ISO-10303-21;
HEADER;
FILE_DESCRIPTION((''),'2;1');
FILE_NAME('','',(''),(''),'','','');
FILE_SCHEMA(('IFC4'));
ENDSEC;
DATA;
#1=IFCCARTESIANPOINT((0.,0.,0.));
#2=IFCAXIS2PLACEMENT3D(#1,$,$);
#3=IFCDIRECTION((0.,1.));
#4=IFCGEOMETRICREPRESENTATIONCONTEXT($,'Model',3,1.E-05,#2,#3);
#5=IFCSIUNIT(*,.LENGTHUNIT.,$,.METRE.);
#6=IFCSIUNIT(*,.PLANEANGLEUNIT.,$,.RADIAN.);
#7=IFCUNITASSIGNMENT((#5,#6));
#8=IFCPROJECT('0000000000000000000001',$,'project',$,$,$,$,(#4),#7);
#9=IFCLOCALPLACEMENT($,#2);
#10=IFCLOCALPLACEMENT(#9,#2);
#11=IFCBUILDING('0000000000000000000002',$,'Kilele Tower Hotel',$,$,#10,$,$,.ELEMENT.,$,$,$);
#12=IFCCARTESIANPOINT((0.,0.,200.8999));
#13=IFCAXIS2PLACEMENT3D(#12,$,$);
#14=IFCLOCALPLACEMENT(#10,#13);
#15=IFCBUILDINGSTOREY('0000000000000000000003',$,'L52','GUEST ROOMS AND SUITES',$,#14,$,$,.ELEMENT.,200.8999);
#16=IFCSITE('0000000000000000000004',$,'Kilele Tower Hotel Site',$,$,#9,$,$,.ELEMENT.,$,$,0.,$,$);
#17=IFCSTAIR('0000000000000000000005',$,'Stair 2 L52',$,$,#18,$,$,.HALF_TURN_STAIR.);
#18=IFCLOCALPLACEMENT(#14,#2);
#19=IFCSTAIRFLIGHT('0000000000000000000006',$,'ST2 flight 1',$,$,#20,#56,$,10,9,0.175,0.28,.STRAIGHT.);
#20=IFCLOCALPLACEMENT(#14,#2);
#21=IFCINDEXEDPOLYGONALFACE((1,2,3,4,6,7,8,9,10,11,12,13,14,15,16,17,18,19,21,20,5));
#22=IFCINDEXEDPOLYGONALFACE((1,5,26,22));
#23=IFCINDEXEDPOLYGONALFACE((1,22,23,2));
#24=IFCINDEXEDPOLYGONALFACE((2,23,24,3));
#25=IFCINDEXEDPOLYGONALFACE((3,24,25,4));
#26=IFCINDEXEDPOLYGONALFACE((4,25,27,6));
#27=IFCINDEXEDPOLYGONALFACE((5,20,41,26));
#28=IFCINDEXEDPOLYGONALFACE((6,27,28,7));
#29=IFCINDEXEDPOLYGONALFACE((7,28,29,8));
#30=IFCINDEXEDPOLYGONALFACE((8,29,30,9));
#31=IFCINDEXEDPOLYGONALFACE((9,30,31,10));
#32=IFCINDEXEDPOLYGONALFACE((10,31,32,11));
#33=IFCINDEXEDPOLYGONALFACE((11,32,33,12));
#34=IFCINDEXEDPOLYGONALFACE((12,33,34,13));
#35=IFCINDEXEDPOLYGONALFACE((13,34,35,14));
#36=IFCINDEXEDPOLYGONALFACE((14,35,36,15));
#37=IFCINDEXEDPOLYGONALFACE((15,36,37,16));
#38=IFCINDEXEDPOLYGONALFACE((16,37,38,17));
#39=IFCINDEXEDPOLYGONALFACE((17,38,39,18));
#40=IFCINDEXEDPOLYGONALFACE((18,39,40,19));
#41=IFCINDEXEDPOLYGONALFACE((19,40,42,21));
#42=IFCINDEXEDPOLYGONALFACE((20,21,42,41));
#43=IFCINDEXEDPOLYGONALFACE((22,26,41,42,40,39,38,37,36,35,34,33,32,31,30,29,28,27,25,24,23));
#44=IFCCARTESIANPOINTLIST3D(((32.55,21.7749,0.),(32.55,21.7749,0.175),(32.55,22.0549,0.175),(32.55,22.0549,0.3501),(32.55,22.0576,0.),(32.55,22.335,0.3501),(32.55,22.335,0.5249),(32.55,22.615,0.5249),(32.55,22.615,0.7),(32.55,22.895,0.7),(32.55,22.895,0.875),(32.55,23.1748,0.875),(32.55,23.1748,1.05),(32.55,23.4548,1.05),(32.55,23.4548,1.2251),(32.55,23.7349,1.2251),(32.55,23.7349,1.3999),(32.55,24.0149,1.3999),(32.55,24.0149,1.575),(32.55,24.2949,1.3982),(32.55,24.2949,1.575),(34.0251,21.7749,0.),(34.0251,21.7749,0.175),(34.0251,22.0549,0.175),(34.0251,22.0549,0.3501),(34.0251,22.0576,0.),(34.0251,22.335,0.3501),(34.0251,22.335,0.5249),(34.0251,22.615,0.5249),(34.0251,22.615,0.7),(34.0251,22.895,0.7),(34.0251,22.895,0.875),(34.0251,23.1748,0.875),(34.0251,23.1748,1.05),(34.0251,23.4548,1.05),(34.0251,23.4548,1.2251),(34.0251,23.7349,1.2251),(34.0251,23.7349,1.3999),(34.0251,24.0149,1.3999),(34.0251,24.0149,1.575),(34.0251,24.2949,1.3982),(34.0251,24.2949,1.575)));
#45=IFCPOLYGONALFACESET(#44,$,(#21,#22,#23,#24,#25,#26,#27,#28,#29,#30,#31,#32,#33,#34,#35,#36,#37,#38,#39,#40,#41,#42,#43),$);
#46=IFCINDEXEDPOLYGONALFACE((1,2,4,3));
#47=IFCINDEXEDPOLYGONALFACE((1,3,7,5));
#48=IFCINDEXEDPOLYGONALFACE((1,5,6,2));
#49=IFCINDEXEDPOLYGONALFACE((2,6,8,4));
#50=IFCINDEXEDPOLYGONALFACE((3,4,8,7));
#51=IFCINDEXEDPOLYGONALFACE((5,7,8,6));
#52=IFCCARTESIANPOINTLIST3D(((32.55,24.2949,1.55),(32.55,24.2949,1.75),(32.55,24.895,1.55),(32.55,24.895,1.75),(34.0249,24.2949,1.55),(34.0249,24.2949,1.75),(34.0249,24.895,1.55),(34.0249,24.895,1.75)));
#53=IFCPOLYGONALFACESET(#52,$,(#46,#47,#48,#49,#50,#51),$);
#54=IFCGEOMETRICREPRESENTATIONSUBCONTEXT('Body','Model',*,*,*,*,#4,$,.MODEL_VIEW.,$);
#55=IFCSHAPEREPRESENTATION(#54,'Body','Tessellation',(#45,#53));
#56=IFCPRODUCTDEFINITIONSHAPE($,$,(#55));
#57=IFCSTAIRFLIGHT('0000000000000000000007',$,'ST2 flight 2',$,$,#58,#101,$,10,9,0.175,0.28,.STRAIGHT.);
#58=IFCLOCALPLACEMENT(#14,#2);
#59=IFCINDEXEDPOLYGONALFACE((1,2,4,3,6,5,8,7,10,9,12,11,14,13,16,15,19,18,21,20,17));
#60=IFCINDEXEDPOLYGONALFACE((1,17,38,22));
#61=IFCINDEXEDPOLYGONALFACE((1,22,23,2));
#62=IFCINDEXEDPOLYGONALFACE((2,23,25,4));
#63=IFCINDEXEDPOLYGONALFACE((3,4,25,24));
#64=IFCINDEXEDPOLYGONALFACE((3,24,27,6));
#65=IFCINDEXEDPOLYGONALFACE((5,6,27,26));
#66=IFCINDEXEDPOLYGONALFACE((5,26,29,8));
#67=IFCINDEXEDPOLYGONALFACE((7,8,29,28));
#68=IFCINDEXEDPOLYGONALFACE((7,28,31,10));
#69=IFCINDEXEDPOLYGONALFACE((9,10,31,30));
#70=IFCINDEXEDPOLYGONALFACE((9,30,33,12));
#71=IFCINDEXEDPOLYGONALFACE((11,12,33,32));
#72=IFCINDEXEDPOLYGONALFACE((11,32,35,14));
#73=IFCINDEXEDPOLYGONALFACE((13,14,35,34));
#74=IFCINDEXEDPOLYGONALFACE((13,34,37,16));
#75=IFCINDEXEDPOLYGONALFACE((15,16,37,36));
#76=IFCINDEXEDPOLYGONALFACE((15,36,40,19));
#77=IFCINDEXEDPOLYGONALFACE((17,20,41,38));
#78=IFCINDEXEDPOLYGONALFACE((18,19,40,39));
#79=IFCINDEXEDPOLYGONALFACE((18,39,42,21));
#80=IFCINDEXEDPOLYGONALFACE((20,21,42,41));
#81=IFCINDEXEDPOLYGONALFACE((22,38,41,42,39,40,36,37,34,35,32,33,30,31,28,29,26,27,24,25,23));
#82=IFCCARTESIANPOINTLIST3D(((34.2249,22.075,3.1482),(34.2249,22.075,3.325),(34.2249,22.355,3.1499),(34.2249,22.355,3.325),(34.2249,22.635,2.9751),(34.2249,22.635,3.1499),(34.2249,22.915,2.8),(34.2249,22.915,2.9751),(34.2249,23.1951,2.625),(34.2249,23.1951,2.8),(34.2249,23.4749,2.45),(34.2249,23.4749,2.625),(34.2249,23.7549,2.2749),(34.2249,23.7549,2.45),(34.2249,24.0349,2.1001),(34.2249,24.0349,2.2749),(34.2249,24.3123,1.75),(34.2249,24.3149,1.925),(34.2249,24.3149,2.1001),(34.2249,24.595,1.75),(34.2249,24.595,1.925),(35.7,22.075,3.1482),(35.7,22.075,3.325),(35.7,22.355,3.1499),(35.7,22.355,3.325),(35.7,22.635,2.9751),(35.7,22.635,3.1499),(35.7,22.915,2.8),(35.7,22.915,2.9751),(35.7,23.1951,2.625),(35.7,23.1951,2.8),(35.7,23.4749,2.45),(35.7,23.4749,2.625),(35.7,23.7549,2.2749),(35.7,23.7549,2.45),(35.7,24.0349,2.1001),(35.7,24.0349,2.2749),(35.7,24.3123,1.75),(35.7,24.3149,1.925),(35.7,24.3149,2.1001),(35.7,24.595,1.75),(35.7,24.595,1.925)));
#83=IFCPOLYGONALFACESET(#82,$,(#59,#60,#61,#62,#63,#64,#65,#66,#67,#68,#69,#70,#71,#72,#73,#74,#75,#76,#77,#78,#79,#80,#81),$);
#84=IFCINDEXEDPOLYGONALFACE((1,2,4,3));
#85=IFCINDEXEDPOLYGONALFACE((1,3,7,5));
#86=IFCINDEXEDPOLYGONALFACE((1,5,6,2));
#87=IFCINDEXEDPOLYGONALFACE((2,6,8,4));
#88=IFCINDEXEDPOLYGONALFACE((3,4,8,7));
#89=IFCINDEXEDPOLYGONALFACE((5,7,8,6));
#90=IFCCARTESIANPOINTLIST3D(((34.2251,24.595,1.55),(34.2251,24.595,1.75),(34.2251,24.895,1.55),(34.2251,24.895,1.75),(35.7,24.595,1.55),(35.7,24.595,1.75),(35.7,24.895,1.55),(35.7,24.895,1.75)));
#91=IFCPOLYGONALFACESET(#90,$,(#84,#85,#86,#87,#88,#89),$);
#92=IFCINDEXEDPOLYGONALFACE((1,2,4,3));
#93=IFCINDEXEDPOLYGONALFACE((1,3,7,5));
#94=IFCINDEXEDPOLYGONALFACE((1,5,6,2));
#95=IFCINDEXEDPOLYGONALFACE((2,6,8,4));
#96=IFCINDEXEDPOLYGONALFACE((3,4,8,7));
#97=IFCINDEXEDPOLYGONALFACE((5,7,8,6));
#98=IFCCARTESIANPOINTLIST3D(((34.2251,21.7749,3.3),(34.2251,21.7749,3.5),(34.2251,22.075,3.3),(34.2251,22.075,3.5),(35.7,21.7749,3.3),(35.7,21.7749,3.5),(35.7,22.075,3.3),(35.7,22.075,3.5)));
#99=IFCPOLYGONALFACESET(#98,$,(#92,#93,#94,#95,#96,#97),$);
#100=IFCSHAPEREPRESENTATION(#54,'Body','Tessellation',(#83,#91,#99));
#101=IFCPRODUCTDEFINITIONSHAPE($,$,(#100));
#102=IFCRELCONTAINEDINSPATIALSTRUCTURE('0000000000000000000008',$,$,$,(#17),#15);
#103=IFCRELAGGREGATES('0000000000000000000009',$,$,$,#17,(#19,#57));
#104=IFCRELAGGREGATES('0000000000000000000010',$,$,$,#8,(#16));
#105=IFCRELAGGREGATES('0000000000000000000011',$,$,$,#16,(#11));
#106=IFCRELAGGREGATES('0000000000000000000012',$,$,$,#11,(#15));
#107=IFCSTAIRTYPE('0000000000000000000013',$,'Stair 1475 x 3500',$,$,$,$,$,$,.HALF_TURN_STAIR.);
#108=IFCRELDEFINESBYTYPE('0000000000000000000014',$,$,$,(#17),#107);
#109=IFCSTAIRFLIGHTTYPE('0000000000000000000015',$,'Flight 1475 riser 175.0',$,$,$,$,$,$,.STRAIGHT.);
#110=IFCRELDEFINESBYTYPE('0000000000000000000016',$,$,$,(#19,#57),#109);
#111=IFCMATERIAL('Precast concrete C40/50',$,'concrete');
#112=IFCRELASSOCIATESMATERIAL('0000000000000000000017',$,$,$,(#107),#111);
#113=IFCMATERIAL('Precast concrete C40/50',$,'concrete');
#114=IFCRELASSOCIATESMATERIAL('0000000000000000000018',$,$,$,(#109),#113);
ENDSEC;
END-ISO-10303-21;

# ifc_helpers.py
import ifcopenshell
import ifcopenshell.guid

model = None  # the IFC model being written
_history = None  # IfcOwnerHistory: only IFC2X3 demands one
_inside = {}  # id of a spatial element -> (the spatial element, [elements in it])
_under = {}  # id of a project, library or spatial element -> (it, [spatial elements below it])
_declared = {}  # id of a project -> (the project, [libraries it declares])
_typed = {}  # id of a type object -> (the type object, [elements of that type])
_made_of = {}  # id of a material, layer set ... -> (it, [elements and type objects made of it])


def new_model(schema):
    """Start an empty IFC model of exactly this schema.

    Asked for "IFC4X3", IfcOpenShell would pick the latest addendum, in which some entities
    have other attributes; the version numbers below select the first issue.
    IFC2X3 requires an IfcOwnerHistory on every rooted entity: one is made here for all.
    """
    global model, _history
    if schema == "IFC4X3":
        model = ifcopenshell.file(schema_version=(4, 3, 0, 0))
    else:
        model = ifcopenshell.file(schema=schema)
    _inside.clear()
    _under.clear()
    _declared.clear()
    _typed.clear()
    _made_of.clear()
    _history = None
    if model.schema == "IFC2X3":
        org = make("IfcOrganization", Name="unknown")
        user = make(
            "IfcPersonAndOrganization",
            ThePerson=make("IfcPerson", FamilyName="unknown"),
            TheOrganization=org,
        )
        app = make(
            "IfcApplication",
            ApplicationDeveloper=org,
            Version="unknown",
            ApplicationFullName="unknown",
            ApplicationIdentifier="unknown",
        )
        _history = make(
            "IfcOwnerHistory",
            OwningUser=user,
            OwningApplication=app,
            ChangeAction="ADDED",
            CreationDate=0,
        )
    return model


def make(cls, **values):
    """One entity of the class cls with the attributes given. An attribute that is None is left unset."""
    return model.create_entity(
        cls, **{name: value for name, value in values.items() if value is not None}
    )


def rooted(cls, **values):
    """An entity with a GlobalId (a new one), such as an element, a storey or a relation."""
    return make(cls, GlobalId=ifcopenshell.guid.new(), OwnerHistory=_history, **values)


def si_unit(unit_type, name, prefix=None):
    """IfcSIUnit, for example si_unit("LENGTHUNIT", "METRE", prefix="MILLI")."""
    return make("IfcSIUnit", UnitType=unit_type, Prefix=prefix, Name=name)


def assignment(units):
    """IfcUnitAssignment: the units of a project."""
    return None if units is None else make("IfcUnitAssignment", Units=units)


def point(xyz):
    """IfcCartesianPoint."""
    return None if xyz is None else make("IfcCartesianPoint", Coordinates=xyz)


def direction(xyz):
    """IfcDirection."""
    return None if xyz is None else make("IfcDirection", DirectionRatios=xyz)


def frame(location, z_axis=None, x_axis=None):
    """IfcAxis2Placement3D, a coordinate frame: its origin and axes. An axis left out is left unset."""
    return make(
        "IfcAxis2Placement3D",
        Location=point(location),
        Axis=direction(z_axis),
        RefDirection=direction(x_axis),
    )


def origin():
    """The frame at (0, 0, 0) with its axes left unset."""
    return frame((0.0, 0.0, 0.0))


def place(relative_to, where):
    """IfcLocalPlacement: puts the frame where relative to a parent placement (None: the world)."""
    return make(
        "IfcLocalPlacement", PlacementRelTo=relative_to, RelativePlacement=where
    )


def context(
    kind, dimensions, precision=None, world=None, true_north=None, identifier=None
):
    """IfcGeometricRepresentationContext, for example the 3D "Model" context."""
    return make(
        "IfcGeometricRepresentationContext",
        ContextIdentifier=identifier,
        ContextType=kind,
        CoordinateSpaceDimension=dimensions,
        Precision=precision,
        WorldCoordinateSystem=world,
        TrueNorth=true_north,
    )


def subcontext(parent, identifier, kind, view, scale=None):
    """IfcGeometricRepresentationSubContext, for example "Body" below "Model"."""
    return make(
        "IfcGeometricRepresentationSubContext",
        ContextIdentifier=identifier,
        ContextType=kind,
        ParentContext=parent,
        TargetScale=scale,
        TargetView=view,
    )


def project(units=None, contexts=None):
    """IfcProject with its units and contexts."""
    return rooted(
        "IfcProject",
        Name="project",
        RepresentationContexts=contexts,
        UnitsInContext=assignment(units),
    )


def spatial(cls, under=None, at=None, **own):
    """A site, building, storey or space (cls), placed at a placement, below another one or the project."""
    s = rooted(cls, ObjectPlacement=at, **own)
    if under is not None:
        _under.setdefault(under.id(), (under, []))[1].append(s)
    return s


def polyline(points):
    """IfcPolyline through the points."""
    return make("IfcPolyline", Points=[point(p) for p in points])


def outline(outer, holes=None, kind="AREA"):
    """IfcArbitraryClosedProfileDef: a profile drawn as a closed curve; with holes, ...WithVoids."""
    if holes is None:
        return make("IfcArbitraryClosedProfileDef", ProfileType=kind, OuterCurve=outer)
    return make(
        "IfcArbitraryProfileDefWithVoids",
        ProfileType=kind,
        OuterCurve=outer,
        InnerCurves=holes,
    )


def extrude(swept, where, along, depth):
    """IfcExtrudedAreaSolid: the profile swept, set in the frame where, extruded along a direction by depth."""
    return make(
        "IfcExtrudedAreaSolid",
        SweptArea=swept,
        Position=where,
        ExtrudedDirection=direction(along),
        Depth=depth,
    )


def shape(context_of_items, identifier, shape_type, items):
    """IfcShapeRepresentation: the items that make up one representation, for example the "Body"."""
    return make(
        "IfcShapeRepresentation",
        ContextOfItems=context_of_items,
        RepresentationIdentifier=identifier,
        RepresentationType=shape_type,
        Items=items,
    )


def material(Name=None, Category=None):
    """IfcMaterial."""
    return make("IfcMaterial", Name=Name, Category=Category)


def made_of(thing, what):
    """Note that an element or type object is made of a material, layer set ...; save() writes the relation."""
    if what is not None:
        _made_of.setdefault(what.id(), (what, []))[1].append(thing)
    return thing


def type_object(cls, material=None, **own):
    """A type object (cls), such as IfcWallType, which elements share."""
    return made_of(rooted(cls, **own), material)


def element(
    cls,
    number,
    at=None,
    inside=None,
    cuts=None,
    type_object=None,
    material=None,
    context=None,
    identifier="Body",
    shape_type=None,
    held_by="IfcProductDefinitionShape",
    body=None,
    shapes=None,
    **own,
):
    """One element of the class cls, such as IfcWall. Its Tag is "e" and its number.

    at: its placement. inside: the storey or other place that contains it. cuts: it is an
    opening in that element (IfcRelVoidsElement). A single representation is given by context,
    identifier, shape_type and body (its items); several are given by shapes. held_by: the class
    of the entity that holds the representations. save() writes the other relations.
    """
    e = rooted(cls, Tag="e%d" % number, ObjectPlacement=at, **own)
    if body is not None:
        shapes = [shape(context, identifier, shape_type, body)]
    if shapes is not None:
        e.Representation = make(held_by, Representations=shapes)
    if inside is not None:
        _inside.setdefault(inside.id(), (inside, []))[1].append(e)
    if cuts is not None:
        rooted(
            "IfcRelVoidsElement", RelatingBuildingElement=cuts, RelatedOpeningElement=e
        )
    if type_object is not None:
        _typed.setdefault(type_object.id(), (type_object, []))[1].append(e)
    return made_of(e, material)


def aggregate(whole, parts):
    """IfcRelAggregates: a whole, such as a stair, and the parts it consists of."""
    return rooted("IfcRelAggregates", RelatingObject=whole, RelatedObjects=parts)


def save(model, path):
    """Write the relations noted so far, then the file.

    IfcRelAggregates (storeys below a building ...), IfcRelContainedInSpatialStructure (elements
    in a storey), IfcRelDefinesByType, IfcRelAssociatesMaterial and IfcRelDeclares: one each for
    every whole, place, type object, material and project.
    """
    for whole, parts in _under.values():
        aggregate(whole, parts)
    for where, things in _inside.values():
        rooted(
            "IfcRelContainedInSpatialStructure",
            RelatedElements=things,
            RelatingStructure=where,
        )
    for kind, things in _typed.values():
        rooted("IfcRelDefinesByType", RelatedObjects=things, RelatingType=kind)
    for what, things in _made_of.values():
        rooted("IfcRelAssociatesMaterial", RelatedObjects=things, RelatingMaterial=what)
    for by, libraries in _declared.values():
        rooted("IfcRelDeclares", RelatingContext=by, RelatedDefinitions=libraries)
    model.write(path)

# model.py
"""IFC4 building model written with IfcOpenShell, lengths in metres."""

from ifc_helpers import new_model, si_unit, direction, frame, origin, place, context, subcontext, project, spatial, polyline, outline, extrude, material, type_object, element, aggregate, save


model = new_model("IFC4")

# Units and contexts
model_context = context("Model", 3, precision=1e-05, world=origin(), true_north=direction((0.0, 1.0)))
body_context = subcontext(model_context, "Body", "Model", "MODEL_VIEW")
ifc_project = project(units=[si_unit("LENGTHUNIT", "METRE"), si_unit("PLANEANGLEUNIT", "RADIAN")], contexts=[model_context])

# Site, building, storey
site_placement = place(None, origin())
site = spatial("IfcSite", under=ifc_project, at=site_placement, Name="Kilele Tower Hotel Site", CompositionType="ELEMENT", RefElevation=0.0)
building_placement = place(site_placement, origin())
building = spatial("IfcBuilding", under=site, at=building_placement, Name="Kilele Tower Hotel", CompositionType="ELEMENT")
storey_placement = place(building_placement, frame((0.0, 0.0, 200.8999)))
storey = spatial("IfcBuildingStorey", under=building, at=storey_placement, Name="L52", Description="GUEST ROOMS AND SUITES", CompositionType="ELEMENT", Elevation=200.8999)

# Stair, stair flights
ifc_material_1 = material(Name="Precast concrete C40/50", Category="concrete")
stair_type = type_object("IfcStairType", Name="Stair 1475 x 3500", PredefinedType="HALF_TURN_STAIR", material=ifc_material_1)
stair_placement = place(storey_placement, origin())
stair = element("IfcStair", 1, at=stair_placement, inside=storey, type_object=stair_type, Name="Stair 2 L52", PredefinedType="HALF_TURN_STAIR")
ifc_material_2 = material(Name="Precast concrete C40/50", Category="concrete")
stair_flight_type = type_object("IfcStairFlightType", Name="Flight 1475 riser 175.0", PredefinedType="STRAIGHT", material=ifc_material_2)
stair_flight_1_placement = place(storey_placement, frame((33.2876, 21.7749, 0.0), z_axis=(0.0, 0.0, 1.0), x_axis=(0.0, 1.0, 0.0)))
stair_flight_1 = element("IfcStairFlight", 2, at=stair_flight_1_placement, type_object=stair_flight_type, Name="ST2 flight 1", NumberOfRisers=10, NumberOfTreads=9, PredefinedType="STRAIGHT", RiserHeight=0.175, TreadLength=0.28, context=body_context, shape_type="SweptSolid", body=[
    extrude(outline(polyline([(0.0, 0.0), (0.0, 0.175), (0.28, 0.175), (0.28, 0.3501), (0.5601, 0.3501), (0.5601, 0.5249), (0.8401, 0.5249), (0.8401, 0.7), (1.1201, 0.7), (1.1201, 0.875), (1.3999, 0.875), (1.3999, 1.05), (1.6799, 1.05), (1.6799, 1.2251), (1.96, 1.2251), (1.96, 1.3999), (2.24, 1.3999), (2.24, 1.575), (2.52, 1.575), (2.52, 1.75), (2.52, 1.3982), (0.2827, 0.0), (0.0, 0.0)])), frame((0.0, 0.7375, 0.0), z_axis=(0.0, -1.0, 0.0), x_axis=(1.0, 0.0, 0.0)), (0.0, 0.0, 1.0), 1.4751),
    extrude(outline(polyline([(2.52, 0.7375), (2.52, -0.7373), (3.1201, -0.7373), (3.1201, 0.7375), (2.52, 0.7375)])), frame((0.0, 0.0, 1.55)), (0.0, 0.0, 1.0), 0.2),
])
stair_flight_2_placement = place(storey_placement, frame((34.9624, 24.595, 1.75), z_axis=(0.0, 0.0, 1.0), x_axis=(0.0, -1.0, 0.0)))
stair_flight_2 = element("IfcStairFlight", 3, at=stair_flight_2_placement, type_object=stair_flight_type, Name="ST2 flight 2", NumberOfRisers=10, NumberOfTreads=9, PredefinedType="STRAIGHT", RiserHeight=0.175, TreadLength=0.28, context=body_context, shape_type="SweptSolid", body=[
    extrude(outline(polyline([(0.0, 0.0), (0.0, 0.175), (0.28, 0.175), (0.28, 0.3501), (0.5601, 0.3501), (0.5601, 0.5249), (0.8401, 0.5249), (0.8401, 0.7), (1.1201, 0.7), (1.1201, 0.875), (1.3999, 0.875), (1.3999, 1.05), (1.6799, 1.05), (1.6799, 1.2251), (1.96, 1.2251), (1.96, 1.3999), (2.24, 1.3999), (2.24, 1.575), (2.52, 1.575), (2.52, 1.75), (2.52, 1.3982), (0.2827, 0.0), (0.0, 0.0)])), frame((0.0, 0.7375, 0.0), z_axis=(0.0, -1.0, 0.0), x_axis=(1.0, 0.0, 0.0)), (0.0, 0.0, 1.0), 1.4751),
    extrude(outline(polyline([(0.0, -0.7373), (0.0, 0.7375), (-0.3, 0.7375), (-0.3, -0.7373), (0.0, -0.7373)])), frame((0.0, 0.0, -0.2)), (0.0, 0.0, 1.0), 0.2),
    extrude(outline(polyline([(2.8201, -0.7373), (2.8201, 0.7375), (2.52, 0.7375), (2.52, -0.7373), (2.8201, -0.7373)])), frame((0.0, 0.0, 1.55)), (0.0, 0.0, 1.0), 0.2),
])
aggregate(stair, [stair_flight_1, stair_flight_2])

save(model, "model.ifc")
